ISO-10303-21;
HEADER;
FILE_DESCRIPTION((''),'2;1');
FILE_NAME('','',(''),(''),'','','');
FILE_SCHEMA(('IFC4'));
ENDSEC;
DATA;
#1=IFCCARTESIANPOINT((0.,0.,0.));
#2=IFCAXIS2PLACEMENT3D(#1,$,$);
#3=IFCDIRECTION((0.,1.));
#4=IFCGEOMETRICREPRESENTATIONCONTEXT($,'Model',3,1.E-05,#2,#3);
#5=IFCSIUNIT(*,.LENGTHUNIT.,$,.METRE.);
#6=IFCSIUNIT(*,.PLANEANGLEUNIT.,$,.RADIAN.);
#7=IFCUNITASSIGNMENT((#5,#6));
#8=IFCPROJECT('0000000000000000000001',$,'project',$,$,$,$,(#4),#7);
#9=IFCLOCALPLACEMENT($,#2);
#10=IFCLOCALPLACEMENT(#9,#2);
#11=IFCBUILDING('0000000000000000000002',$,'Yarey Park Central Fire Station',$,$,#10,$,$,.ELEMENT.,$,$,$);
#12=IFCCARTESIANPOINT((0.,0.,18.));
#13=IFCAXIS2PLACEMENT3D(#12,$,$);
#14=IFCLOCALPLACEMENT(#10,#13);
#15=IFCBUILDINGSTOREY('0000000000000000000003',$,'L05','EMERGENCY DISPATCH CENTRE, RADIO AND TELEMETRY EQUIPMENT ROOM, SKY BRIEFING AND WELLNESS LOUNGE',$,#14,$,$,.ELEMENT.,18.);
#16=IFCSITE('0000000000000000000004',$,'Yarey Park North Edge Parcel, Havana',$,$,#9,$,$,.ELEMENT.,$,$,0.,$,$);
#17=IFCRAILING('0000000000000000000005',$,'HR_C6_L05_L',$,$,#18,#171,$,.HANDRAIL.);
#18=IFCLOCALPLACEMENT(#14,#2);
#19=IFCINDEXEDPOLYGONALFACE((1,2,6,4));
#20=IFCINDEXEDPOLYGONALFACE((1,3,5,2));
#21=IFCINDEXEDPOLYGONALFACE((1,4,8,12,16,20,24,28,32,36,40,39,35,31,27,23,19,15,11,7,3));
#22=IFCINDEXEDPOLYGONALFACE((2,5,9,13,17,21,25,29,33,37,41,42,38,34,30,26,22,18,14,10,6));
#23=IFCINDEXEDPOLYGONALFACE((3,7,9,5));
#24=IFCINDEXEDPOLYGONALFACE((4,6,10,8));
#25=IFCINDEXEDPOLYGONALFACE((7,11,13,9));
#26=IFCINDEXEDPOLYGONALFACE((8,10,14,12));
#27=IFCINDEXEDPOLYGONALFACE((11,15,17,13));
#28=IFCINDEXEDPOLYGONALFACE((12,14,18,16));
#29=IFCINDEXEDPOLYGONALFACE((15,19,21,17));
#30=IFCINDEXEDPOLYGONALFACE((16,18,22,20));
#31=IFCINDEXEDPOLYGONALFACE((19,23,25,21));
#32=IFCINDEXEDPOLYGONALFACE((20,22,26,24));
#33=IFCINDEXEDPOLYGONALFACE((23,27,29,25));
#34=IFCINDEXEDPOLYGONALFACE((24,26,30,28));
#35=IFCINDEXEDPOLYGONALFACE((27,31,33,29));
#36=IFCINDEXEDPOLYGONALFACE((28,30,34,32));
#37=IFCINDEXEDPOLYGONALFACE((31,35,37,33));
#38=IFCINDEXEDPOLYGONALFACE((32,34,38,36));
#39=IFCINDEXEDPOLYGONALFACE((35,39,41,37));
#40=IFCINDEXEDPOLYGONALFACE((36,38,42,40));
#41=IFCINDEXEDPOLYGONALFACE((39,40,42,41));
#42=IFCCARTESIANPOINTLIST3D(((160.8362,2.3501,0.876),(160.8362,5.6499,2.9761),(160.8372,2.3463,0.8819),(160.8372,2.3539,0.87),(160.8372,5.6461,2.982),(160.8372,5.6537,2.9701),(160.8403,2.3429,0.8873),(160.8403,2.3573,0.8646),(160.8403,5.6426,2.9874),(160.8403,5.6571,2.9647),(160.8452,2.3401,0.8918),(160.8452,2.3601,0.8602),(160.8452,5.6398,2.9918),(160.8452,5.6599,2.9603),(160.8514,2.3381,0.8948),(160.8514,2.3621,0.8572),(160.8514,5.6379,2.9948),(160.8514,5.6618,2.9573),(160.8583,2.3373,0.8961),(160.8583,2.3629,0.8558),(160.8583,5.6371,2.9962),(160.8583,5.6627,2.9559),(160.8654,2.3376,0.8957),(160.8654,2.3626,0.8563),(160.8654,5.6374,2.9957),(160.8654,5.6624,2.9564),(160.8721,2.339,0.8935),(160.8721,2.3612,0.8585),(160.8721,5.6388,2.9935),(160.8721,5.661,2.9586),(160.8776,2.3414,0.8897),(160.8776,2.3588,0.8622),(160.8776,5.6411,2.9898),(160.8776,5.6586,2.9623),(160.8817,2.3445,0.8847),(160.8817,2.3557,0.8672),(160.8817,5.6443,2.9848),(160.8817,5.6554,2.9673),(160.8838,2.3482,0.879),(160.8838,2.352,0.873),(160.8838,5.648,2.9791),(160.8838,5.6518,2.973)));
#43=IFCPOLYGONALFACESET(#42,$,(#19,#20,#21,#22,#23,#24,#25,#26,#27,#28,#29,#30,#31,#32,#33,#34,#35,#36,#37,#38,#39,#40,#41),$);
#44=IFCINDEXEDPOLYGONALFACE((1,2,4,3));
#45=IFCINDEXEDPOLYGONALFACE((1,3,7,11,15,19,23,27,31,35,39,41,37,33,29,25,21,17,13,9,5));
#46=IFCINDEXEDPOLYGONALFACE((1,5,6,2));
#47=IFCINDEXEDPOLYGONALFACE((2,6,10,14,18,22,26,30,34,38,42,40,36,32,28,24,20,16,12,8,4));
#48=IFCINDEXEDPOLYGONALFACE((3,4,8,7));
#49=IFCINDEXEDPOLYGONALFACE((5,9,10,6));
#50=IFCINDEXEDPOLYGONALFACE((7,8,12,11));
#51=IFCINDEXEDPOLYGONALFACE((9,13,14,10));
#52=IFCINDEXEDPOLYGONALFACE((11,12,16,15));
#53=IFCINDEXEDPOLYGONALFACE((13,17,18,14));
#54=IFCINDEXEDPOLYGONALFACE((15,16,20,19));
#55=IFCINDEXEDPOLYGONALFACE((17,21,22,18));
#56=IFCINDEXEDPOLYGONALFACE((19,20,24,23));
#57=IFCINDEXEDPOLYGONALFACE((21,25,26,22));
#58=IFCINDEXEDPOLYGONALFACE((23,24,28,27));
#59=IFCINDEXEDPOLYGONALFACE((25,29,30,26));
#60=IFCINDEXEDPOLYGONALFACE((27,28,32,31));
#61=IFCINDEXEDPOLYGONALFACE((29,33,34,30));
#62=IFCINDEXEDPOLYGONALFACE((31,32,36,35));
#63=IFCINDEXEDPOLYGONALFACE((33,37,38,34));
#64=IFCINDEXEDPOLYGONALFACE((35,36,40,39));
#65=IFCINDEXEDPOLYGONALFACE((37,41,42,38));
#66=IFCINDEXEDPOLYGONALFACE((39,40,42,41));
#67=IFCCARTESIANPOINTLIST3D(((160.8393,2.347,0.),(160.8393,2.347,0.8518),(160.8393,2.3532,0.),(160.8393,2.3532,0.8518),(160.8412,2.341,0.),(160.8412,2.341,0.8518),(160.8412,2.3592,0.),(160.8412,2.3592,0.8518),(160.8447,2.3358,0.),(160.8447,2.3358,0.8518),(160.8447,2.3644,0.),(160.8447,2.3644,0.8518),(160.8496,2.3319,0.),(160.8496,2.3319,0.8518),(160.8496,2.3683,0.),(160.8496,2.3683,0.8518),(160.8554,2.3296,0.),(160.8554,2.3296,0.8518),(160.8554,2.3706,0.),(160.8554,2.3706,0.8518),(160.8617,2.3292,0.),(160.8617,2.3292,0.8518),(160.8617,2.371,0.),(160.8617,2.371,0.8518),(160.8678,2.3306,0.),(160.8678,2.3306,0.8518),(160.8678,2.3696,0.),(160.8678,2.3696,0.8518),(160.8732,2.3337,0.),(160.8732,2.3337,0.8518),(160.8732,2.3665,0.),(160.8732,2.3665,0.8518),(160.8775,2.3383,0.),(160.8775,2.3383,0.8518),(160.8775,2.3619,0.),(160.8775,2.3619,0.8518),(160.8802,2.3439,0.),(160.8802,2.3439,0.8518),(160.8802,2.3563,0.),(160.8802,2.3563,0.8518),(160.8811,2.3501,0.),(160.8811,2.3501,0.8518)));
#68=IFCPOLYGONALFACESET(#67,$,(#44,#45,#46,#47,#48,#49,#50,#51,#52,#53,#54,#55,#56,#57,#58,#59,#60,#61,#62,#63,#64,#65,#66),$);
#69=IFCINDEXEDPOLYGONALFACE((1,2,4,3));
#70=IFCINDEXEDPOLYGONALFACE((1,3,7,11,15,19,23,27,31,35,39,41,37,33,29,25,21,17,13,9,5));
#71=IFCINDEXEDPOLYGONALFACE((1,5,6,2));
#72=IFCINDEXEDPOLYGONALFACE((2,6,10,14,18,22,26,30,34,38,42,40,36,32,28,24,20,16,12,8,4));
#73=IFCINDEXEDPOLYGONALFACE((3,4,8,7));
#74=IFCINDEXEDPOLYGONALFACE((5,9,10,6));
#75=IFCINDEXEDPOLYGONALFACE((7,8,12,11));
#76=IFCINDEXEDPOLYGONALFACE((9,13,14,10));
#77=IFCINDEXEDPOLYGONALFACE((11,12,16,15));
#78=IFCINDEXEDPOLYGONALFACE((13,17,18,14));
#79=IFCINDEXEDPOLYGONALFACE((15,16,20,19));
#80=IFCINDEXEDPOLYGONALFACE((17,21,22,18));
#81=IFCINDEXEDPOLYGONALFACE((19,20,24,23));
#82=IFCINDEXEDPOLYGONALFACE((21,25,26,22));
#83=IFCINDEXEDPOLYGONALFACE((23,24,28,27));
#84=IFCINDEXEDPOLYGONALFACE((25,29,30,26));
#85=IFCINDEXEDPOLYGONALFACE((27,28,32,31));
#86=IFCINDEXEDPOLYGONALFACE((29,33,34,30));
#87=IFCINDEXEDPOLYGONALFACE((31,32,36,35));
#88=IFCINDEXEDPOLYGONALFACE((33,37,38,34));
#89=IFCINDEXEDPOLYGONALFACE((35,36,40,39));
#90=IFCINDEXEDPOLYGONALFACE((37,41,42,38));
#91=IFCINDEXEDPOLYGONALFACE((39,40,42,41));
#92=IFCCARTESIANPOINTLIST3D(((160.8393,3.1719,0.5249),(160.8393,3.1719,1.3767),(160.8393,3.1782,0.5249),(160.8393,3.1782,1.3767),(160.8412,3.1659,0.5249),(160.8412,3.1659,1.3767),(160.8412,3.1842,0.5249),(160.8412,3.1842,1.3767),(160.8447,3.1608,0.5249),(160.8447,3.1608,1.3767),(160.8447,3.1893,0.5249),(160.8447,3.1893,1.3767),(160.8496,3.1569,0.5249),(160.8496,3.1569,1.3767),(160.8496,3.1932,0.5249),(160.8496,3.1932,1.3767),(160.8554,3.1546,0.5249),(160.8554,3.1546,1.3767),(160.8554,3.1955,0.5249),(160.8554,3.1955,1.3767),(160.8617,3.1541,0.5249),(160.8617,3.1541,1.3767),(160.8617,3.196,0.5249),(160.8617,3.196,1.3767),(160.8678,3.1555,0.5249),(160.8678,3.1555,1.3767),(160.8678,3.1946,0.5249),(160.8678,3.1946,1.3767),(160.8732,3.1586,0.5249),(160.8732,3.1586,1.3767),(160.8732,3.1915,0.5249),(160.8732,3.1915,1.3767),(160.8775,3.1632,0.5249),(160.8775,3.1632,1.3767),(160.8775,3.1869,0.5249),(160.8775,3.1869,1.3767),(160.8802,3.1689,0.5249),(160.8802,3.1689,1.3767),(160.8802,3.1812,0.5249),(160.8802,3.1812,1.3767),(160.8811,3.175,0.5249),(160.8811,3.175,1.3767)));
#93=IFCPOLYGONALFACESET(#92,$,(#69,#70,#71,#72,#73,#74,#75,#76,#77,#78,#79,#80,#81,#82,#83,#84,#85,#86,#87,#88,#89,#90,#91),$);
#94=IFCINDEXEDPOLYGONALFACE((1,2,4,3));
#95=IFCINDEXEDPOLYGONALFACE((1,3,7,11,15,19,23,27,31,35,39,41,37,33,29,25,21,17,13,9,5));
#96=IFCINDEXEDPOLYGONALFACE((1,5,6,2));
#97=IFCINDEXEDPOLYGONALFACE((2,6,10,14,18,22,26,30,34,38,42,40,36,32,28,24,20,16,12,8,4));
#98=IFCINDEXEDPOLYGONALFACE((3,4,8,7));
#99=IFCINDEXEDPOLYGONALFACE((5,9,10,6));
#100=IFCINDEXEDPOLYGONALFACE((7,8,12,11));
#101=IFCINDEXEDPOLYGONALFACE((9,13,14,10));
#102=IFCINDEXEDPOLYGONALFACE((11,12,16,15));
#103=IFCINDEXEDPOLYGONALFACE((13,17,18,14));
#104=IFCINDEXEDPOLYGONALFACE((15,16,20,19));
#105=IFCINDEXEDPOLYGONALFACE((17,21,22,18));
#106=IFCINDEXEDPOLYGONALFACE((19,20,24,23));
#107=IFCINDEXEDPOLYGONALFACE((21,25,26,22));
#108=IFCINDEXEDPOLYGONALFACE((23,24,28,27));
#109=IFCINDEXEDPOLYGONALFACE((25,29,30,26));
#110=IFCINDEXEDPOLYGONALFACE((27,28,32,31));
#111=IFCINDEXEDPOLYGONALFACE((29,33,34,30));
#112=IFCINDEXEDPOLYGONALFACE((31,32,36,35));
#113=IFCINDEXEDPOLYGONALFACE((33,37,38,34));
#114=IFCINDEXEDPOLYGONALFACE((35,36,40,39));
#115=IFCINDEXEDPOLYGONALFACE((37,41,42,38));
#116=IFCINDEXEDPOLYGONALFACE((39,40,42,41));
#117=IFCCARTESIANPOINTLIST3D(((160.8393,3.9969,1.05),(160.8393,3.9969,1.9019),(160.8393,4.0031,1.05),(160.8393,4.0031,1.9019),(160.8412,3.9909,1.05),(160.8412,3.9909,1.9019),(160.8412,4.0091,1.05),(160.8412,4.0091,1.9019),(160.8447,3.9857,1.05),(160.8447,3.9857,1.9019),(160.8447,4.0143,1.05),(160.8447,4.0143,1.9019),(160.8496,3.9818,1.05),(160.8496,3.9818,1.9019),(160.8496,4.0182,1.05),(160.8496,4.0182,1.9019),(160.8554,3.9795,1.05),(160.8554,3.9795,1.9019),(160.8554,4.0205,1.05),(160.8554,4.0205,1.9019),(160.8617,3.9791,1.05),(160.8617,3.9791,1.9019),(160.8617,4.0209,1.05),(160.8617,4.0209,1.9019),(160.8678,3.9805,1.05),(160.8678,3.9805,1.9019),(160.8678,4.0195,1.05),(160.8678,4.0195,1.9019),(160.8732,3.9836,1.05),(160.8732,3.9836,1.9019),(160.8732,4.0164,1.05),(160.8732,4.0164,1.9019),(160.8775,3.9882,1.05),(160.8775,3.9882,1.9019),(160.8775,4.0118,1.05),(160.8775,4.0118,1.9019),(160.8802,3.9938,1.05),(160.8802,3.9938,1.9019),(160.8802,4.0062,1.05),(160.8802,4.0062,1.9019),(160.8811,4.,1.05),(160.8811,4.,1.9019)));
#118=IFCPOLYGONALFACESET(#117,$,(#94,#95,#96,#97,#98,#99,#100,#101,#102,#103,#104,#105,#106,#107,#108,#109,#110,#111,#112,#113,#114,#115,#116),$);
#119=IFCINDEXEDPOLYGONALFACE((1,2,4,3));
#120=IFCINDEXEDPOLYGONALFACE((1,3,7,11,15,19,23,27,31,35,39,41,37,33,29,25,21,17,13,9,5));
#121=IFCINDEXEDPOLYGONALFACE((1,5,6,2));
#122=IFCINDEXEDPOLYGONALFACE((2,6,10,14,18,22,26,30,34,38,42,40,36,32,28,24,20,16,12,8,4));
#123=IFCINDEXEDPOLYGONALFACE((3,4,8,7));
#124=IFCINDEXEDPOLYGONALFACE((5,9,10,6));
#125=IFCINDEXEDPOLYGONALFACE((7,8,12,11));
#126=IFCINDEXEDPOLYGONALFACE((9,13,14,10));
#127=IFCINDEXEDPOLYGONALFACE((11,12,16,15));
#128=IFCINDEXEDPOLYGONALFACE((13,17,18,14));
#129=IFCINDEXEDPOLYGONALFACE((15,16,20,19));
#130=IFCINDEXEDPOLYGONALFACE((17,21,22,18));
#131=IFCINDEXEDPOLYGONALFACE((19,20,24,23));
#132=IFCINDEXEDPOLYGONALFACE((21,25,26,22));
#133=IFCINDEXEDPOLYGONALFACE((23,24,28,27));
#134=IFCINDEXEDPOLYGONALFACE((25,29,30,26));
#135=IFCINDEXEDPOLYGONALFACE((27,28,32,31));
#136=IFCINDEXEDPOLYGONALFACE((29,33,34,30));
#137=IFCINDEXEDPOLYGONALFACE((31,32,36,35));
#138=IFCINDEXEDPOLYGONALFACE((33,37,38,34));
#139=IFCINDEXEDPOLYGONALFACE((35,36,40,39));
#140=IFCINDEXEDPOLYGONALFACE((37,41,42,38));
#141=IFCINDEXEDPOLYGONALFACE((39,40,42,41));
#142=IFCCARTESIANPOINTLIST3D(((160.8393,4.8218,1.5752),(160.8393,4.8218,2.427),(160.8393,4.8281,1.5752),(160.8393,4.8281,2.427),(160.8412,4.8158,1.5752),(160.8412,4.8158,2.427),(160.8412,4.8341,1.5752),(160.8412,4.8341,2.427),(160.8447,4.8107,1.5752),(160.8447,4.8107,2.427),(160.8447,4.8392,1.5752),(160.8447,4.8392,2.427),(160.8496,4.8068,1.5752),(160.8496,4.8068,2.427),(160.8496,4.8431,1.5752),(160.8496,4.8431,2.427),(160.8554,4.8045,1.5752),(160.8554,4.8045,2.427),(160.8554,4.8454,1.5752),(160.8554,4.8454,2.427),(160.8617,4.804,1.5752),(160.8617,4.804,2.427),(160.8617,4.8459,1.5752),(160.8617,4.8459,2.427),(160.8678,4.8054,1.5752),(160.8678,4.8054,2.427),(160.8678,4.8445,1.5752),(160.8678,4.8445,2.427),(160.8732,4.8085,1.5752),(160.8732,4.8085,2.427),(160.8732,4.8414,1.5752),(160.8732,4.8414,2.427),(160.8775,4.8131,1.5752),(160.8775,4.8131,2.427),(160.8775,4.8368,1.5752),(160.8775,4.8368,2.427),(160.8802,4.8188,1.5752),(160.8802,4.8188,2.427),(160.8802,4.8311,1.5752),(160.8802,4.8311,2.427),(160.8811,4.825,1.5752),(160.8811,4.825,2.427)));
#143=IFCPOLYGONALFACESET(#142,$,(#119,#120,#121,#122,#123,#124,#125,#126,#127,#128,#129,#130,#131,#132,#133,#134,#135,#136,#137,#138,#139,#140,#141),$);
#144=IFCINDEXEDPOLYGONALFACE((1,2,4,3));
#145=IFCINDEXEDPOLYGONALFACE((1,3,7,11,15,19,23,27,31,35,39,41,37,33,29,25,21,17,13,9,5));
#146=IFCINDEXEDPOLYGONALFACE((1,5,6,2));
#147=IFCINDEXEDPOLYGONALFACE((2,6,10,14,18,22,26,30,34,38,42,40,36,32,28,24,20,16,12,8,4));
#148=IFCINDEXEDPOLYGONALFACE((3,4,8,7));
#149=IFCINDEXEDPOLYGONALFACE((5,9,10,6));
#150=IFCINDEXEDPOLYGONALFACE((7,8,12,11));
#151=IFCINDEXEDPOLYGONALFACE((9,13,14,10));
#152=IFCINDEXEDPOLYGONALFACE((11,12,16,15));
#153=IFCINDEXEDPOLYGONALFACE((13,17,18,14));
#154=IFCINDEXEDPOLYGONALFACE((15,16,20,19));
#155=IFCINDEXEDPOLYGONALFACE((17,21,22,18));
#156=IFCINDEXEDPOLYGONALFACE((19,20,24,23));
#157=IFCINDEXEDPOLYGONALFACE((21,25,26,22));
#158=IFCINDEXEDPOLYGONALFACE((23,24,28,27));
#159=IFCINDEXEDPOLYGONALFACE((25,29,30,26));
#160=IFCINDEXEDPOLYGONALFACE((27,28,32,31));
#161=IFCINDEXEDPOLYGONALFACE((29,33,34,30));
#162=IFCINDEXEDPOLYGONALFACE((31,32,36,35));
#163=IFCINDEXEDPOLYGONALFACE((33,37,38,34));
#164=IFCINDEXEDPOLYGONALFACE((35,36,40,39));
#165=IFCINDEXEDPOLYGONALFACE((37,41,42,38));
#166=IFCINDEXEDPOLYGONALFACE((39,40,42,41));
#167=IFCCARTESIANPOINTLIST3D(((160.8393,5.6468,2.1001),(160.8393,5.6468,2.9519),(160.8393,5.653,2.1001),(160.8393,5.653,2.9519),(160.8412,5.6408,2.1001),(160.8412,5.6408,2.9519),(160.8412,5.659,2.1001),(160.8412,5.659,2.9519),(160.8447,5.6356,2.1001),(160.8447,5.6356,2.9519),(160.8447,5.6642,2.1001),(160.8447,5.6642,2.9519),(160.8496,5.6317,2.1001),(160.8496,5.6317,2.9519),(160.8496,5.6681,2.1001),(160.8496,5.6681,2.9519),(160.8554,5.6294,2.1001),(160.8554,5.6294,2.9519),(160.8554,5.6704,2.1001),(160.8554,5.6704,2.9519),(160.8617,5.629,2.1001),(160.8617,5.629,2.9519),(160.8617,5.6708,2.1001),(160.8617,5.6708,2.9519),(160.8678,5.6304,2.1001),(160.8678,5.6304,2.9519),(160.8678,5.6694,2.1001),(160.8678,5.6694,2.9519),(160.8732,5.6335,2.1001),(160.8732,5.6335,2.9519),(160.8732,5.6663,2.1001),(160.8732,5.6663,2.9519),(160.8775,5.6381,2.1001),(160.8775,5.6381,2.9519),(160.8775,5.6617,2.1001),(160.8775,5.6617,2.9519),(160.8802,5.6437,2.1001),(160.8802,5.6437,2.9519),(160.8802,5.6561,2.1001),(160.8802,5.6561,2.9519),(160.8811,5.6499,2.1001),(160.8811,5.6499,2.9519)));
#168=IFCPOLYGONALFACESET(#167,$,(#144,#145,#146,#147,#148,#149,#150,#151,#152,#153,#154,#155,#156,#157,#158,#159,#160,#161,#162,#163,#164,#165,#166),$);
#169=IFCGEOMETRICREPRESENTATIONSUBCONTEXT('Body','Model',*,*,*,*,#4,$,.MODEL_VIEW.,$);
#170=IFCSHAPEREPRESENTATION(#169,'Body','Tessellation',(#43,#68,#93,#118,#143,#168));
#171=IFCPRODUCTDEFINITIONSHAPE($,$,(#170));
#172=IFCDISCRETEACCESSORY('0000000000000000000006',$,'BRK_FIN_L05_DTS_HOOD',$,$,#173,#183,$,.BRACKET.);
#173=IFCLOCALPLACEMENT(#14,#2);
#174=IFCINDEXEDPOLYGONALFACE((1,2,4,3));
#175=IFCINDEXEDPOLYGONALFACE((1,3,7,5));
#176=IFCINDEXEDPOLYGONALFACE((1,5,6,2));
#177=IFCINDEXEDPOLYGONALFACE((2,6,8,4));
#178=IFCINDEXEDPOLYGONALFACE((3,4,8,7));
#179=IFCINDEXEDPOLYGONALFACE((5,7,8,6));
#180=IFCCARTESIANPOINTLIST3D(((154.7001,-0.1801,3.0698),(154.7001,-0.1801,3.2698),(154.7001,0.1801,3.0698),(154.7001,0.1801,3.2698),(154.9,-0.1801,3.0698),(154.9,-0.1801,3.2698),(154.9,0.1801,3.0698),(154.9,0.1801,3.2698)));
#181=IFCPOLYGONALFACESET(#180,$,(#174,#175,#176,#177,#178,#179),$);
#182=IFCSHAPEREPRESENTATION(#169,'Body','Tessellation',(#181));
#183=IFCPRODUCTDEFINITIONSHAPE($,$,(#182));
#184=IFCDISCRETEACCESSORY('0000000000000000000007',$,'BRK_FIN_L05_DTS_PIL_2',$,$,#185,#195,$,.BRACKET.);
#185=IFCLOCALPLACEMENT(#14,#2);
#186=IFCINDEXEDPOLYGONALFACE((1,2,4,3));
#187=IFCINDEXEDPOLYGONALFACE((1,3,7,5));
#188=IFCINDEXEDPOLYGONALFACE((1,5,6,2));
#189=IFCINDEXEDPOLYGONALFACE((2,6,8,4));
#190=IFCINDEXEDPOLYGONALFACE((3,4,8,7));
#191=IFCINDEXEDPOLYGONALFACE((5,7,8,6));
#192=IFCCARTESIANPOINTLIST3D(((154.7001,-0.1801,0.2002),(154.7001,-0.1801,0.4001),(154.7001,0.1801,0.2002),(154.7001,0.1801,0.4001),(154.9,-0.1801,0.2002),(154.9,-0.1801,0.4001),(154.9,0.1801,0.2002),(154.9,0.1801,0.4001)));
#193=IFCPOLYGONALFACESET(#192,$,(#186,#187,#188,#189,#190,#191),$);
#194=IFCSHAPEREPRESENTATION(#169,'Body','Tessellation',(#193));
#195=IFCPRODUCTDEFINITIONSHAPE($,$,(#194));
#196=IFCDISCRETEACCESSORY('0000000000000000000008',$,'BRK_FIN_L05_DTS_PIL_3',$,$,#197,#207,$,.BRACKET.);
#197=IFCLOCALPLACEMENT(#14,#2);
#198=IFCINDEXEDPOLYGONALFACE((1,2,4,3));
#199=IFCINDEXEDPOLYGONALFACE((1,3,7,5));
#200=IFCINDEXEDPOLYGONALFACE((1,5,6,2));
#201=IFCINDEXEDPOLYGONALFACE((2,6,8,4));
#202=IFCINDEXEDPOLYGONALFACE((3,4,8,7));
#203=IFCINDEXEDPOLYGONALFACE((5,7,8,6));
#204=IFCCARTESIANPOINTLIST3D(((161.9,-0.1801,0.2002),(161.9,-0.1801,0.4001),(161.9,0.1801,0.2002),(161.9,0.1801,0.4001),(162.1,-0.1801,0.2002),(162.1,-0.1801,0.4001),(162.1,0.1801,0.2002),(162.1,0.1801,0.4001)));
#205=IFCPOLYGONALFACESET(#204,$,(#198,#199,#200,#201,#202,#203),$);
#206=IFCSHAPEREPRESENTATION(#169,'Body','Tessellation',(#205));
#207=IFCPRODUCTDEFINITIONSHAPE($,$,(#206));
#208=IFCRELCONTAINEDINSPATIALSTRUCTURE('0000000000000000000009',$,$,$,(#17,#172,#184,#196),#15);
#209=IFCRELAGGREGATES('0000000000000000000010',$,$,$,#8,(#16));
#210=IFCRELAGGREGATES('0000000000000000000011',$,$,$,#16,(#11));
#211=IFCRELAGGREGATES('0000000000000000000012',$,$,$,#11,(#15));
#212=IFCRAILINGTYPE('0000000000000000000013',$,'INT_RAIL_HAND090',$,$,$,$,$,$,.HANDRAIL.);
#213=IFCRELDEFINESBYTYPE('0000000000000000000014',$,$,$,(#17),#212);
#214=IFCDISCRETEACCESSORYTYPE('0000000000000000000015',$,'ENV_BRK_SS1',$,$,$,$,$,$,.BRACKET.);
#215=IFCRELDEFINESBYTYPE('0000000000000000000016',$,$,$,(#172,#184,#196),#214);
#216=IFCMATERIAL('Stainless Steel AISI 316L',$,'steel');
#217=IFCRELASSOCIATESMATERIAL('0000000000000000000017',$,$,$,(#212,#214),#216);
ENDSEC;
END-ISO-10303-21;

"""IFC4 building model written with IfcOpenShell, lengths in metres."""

from ifc_helpers import new_model, si_unit, direction, frame, origin, origin_2d, place, context, subcontext, project, spatial, rectangle, circle, extrude, material, type_object, element, save


model = new_model("IFC4")

# Units and contexts
model_context = context("Model", 3, precision=1e-05, world=origin(), true_north=direction((0.0, 1.0)))
body_context = subcontext(model_context, "Body", "Model", "MODEL_VIEW")
ifc_project = project(units=[si_unit("LENGTHUNIT", "METRE"), si_unit("PLANEANGLEUNIT", "RADIAN")], contexts=[model_context])

# Site, building, storey
site_placement = place(None, origin())
site = spatial("IfcSite", under=ifc_project, at=site_placement, Name="Yarey Park North Edge Parcel, Havana", CompositionType="ELEMENT", RefElevation=0.0)
building_placement = place(site_placement, origin())
building = spatial("IfcBuilding", under=site, at=building_placement, Name="Yarey Park Central Fire Station", CompositionType="ELEMENT")
storey_placement = place(building_placement, frame((0.0, 0.0, 18.0)))
storey = spatial("IfcBuildingStorey", under=building, at=storey_placement, Name="L05", Description="EMERGENCY DISPATCH CENTRE, RADIO AND TELEMETRY EQUIPMENT ROOM, SKY BRIEFING AND WELLNESS LOUNGE", CompositionType="ELEMENT", Elevation=18.0)

# Shared definitions
ifc_material_1 = material(Name="Stainless Steel AISI 316L", Category="steel")

# Railing
railing_type_1 = type_object("IfcRailingType", Name="INT_RAIL_HAND090", PredefinedType="HANDRAIL", material=ifc_material_1)
railing_1_placement = place(storey_placement, frame((160.8601, 2.3501, 0.0)))
element("IfcRailing", 1, at=railing_1_placement, inside=storey, type_object=railing_type_1, Name="HR_C6_L05_L", PredefinedType="HANDRAIL", context=body_context, shape_type="SweptSolid", body=[
    extrude(circle(Radius=0.0239, at=origin_2d()), frame((0.0, 0.0, 0.876), z_axis=(0.0, 0.843636, 0.536916), x_axis=(-1.0, 0.0, 0.0)), (0.0, 0.0, 1.0), 3.9114),
    extrude(circle(Radius=0.021, at=origin_2d()), origin(), (0.0, 0.0, 1.0), 0.8518),
    extrude(circle(Radius=0.021, at=origin_2d()), frame((0.0, 0.825, 0.5249)), (0.0, 0.0, 1.0), 0.8518),
    extrude(circle(Radius=0.021, at=origin_2d()), frame((0.0, 1.6499, 1.05)), (0.0, 0.0, 1.0), 0.8518),
    extrude(circle(Radius=0.021, at=origin_2d()), frame((0.0, 2.4749, 1.5752)), (0.0, 0.0, 1.0), 0.8518),
    extrude(circle(Radius=0.021, at=origin_2d()), frame((0.0, 3.2998, 2.1001)), (0.0, 0.0, 1.0), 0.8518),
])

# Discrete accessories
discrete_accessory_type = type_object("IfcDiscreteAccessoryType", Name="ENV_BRK_SS1", PredefinedType="BRACKET", material=ifc_material_1)
for number, where, z_axis, x_axis, name in (
    (2, (154.8, 0.0, 3.0698), (0.0, 0.0, 1.0), (1.0, 0.0, 0.0), "BRK_FIN_L05_DTS_HOOD"),
    (3, (154.8, 0.0, 0.2002), (0.0, 0.0, 1.0), (1.0, 0.0, 0.0), "BRK_FIN_L05_DTS_PIL_2"),
    (4, (162.0, 0.0, 0.2002), (0.0, 0.0, 1.0), (1.0, 0.0, 0.0), "BRK_FIN_L05_DTS_PIL_3"),
):
    element("IfcDiscreteAccessory", number, at=place(storey_placement, frame(where, z_axis=z_axis, x_axis=x_axis)), inside=storey, type_object=discrete_accessory_type, Name=name, PredefinedType="BRACKET", context=body_context, shape_type="SweptSolid", body=[
        extrude(rectangle(XDim=0.2, YDim=0.3601, at=origin_2d()), origin(), (0.0, 0.0, 1.0), 0.2),
    ])

save(model, "model.ifc")
